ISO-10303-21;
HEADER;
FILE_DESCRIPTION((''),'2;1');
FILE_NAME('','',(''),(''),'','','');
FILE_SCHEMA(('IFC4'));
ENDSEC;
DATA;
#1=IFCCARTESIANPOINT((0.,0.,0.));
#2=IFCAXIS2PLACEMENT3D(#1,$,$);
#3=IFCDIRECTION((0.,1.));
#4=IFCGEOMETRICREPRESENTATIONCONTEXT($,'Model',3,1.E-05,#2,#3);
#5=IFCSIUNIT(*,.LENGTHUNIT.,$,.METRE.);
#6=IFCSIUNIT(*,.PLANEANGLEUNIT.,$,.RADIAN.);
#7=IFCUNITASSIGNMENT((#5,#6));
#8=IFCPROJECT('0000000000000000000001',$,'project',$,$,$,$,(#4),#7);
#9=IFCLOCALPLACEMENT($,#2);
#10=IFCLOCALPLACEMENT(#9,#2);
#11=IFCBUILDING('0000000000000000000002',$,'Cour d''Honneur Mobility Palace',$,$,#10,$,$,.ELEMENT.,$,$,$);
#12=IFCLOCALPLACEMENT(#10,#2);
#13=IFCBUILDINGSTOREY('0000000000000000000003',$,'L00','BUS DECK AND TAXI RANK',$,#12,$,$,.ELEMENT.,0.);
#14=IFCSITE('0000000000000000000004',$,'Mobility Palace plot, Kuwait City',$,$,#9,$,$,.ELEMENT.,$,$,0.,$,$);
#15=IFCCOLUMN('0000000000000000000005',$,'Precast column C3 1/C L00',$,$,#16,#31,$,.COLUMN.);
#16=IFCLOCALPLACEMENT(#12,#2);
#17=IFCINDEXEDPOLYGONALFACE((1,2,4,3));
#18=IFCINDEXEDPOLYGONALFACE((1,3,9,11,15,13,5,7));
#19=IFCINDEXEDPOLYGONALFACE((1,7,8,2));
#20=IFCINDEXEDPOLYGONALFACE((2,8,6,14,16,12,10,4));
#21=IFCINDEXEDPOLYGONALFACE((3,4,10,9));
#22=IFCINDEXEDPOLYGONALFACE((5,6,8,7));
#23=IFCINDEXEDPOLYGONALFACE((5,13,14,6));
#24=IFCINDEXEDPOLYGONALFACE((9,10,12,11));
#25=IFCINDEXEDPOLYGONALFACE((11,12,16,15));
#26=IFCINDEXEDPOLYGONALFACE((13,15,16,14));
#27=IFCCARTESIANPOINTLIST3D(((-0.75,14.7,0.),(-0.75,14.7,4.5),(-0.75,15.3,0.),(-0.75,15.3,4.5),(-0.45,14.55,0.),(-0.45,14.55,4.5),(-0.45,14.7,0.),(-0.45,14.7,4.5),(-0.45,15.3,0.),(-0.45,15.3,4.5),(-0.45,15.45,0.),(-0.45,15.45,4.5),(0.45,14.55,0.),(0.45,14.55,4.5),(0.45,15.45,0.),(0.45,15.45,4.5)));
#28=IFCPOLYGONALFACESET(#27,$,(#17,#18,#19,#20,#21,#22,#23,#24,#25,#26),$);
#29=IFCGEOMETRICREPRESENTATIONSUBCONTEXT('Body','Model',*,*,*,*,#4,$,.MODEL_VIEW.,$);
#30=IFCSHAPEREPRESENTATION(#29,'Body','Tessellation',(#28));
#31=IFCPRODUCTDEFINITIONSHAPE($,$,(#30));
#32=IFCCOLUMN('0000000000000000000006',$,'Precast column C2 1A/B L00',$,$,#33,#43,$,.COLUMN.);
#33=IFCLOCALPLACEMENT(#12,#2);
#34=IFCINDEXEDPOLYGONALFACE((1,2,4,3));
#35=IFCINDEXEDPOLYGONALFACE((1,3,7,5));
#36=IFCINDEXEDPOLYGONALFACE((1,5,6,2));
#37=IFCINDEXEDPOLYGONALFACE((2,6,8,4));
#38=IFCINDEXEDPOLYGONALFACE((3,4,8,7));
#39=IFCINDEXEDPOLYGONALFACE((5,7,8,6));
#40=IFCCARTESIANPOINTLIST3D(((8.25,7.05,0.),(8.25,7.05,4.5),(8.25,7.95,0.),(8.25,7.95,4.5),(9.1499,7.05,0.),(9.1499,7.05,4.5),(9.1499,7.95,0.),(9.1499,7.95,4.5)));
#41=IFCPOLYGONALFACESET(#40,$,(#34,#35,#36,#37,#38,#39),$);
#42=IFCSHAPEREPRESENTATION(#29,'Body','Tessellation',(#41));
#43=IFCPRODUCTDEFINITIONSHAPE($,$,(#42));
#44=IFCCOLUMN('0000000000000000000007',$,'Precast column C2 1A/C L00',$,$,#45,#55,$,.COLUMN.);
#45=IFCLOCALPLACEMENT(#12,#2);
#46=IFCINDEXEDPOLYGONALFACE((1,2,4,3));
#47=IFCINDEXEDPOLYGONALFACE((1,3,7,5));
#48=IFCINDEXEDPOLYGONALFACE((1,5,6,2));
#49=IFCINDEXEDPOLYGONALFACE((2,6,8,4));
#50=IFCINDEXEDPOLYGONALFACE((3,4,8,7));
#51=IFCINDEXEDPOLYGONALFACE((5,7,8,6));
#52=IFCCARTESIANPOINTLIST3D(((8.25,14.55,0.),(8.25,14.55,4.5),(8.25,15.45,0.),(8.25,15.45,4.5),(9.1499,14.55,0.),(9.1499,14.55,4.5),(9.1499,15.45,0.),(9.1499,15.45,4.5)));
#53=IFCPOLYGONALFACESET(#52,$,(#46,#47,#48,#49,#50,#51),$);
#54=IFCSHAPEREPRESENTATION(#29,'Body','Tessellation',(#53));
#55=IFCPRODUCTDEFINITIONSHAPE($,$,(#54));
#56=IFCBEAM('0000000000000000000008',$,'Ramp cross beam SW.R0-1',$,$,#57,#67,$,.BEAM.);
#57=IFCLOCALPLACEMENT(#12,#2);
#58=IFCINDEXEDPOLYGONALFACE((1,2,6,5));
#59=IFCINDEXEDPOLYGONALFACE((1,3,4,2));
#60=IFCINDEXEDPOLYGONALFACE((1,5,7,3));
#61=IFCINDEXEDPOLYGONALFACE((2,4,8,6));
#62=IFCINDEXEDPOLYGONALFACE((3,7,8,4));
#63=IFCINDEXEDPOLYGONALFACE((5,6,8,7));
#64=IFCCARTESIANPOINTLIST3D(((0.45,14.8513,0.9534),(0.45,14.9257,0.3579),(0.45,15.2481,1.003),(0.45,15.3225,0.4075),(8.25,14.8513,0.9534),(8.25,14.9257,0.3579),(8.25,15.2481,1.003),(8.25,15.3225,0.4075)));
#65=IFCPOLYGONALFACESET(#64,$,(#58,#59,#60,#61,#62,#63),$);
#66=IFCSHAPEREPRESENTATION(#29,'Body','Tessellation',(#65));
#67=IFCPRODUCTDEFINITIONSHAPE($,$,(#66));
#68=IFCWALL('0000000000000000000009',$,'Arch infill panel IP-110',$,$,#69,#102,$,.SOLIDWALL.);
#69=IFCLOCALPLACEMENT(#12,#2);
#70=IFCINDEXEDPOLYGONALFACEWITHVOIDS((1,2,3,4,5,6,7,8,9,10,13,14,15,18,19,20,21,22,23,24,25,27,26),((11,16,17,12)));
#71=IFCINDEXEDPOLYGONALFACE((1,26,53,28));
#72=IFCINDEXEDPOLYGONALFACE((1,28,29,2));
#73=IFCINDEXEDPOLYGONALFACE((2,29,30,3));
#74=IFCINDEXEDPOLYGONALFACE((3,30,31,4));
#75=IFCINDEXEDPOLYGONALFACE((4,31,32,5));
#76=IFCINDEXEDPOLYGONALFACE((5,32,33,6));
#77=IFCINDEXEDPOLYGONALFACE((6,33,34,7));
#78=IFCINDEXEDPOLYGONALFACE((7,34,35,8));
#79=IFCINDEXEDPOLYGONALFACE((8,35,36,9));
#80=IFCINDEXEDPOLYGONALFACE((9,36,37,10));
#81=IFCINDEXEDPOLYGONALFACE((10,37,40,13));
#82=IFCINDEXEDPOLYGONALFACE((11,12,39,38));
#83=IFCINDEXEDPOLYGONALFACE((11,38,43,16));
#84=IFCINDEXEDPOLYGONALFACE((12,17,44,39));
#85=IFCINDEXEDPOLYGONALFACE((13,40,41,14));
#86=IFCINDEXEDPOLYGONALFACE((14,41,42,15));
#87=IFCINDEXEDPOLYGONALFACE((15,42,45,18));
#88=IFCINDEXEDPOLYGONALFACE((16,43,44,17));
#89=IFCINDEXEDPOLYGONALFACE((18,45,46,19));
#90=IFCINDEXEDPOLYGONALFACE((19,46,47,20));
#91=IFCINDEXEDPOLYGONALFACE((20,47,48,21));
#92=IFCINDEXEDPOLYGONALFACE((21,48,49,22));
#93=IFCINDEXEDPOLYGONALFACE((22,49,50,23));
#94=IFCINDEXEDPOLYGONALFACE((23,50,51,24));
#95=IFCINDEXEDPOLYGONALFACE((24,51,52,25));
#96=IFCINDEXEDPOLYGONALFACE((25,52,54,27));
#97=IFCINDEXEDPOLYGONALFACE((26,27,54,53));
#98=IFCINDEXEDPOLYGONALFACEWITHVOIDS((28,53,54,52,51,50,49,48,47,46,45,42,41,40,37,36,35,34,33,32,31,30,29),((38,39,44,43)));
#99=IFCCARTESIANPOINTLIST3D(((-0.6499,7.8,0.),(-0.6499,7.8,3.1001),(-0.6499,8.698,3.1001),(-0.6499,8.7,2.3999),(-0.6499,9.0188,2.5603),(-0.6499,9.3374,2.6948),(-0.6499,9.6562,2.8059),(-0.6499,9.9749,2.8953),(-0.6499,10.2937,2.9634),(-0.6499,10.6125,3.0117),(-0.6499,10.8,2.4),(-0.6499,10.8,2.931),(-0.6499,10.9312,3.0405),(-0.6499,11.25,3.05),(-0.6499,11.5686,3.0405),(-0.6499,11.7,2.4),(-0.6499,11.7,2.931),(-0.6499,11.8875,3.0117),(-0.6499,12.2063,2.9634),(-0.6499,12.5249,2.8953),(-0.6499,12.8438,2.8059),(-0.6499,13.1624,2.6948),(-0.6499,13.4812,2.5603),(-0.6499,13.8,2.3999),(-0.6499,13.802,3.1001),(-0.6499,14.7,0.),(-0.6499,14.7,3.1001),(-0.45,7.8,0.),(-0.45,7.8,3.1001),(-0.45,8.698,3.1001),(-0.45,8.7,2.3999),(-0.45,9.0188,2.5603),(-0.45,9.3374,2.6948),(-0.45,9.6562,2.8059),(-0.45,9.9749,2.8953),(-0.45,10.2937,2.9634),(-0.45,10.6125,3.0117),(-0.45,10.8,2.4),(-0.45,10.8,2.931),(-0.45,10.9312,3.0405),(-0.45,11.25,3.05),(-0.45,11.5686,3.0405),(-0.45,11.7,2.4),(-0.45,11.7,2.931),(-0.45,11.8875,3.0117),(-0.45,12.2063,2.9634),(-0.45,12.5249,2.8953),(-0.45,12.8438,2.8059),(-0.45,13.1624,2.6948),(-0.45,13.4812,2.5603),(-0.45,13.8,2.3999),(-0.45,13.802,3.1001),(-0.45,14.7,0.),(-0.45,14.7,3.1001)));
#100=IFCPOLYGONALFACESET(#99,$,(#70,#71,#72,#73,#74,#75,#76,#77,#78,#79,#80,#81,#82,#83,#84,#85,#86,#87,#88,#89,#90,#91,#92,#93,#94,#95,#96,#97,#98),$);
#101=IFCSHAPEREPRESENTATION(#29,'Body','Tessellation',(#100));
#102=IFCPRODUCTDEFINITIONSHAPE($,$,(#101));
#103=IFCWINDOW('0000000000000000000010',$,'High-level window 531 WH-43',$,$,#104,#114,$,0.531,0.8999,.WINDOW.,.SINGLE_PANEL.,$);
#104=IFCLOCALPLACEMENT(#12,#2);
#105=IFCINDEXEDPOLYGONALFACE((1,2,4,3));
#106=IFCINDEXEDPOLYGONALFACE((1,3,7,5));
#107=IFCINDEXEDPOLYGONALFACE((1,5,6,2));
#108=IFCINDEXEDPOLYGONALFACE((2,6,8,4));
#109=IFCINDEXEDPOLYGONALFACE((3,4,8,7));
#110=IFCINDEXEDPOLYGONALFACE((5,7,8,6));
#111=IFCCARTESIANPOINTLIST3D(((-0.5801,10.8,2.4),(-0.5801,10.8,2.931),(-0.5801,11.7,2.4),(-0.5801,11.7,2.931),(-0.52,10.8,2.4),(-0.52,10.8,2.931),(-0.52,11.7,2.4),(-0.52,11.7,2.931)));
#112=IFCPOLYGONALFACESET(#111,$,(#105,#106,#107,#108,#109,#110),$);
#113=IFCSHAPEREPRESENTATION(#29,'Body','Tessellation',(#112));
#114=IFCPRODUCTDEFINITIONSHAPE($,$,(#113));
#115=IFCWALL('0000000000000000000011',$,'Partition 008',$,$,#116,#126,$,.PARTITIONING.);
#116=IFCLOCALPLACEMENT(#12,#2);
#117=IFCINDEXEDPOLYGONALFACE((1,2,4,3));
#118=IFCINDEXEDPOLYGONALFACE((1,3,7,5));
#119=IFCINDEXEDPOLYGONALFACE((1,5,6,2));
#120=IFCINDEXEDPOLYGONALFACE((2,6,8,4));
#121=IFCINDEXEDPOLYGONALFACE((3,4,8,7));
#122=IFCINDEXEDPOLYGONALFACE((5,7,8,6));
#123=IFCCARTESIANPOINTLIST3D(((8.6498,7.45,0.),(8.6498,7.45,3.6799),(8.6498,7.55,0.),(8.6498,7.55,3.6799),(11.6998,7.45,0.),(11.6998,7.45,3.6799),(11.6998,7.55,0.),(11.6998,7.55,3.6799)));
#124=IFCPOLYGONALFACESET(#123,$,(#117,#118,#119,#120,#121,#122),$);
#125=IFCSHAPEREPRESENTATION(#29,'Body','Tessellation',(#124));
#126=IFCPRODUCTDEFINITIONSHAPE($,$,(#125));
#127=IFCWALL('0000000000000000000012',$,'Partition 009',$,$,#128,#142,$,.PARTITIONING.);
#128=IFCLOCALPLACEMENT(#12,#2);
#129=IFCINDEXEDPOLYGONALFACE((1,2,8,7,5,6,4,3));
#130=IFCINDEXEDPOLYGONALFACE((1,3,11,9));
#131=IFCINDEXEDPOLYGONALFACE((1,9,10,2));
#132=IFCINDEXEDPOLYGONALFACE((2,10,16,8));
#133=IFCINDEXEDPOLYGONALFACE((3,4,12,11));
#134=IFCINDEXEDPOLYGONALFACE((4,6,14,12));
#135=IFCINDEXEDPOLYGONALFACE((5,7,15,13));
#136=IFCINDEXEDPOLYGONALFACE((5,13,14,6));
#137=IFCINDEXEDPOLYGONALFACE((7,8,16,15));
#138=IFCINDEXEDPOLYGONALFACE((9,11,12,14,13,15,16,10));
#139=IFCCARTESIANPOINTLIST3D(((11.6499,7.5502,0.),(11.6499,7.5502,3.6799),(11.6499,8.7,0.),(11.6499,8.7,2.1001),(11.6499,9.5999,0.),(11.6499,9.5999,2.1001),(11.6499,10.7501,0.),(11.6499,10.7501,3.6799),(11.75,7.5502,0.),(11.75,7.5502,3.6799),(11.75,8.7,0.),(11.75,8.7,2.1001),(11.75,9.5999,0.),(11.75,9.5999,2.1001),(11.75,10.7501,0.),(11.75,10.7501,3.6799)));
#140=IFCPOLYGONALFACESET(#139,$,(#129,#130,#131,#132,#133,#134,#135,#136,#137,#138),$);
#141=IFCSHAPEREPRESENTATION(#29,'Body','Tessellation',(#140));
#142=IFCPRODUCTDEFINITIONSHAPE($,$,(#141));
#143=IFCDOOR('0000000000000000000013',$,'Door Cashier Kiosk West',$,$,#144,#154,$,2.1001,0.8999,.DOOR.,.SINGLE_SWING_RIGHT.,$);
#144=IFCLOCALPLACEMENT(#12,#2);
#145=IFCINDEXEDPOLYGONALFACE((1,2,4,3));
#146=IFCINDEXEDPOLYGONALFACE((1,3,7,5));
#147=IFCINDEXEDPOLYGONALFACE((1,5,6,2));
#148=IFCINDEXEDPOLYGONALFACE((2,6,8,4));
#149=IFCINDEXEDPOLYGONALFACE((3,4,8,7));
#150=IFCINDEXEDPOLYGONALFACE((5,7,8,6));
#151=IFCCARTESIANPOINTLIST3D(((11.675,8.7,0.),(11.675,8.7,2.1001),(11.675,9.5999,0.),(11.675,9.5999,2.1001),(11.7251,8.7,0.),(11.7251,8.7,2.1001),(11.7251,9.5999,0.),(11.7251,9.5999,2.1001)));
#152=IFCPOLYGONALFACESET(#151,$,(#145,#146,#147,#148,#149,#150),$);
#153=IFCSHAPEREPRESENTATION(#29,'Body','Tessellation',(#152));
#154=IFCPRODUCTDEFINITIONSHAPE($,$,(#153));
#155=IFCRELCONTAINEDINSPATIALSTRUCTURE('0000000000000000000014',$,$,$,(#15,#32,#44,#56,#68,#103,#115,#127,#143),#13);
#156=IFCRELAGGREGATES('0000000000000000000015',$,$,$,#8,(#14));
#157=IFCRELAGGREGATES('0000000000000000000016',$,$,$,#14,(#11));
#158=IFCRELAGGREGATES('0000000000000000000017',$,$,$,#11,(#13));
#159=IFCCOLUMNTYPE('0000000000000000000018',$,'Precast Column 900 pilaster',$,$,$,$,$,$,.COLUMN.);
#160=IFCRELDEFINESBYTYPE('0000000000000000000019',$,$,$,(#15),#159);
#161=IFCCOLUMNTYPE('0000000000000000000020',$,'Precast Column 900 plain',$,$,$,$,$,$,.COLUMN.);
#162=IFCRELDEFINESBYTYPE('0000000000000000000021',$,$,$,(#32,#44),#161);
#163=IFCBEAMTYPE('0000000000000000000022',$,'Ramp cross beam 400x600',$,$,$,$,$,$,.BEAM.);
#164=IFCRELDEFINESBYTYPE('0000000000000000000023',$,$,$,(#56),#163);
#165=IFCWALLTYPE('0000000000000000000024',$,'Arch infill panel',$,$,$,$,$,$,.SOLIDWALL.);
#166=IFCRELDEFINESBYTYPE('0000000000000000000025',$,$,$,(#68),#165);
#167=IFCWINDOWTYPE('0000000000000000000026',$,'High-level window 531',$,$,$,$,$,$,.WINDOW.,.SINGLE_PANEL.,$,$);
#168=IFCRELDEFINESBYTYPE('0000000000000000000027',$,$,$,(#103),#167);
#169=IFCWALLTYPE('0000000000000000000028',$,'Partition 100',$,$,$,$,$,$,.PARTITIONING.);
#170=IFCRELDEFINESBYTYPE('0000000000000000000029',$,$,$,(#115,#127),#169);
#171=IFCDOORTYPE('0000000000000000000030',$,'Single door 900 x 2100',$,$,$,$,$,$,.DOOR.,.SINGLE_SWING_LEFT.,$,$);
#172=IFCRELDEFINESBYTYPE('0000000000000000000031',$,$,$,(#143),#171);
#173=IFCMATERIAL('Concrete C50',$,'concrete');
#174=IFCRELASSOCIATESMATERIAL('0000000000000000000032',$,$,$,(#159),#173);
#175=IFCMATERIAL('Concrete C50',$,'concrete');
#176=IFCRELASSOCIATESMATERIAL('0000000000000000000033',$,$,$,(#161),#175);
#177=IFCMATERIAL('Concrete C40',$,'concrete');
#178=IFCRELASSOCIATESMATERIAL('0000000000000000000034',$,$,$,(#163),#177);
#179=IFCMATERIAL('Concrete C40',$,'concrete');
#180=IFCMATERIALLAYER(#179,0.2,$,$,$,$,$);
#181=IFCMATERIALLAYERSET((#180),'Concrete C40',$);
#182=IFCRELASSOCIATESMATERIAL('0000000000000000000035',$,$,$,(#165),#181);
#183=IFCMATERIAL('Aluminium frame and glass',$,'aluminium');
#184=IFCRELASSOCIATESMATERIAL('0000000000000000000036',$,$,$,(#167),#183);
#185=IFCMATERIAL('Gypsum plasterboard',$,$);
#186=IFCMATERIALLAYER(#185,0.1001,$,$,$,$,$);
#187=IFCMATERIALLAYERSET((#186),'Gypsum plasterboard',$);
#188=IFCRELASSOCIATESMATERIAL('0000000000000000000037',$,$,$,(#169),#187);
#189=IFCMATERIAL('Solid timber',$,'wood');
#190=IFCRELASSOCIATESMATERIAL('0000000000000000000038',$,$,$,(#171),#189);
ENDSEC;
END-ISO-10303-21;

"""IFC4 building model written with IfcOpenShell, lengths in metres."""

from ifc_helpers import new_model, si_unit, direction, frame, frame_2d, origin, origin_2d, place, context, subcontext, project, spatial, polyline, rectangle, outline, extrude, material, layer, layer_set, material_profile, profile_set, type_object, element, fill, save


model = new_model("IFC4")

# Units and contexts
model_context = context("Model", 3, precision=1e-05, world=origin(), true_north=direction((0.0, 1.0)))
body_context = subcontext(model_context, "Body", "Model", "MODEL_VIEW")
ifc_project = project(units=[si_unit("LENGTHUNIT", "METRE"), si_unit("PLANEANGLEUNIT", "RADIAN")], contexts=[model_context])

# Site, building, storey
site_placement = place(None, origin())
site = spatial("IfcSite", under=ifc_project, at=site_placement, Name="Mobility Palace plot, Kuwait City", CompositionType="ELEMENT", RefElevation=0.0)
building_placement = place(site_placement, origin())
building = spatial("IfcBuilding", under=site, at=building_placement, Name="Cour d'Honneur Mobility Palace", CompositionType="ELEMENT")
storey_placement = place(building_placement, origin())
storey = spatial("IfcBuildingStorey", under=building, at=storey_placement, Name="L00", Description="BUS DECK AND TAXI RANK", CompositionType="ELEMENT", Elevation=0.0)

# Columns
ifc_material_1 = material(Name="Concrete C50", Category="concrete")
ifc_material_profile_1 = material_profile(ifc_material_1, outline(polyline([(-0.45, -0.45), (0.45, -0.45), (0.45, -0.3), (0.75, -0.3), (0.75, 0.3), (0.45, 0.3), (0.45, 0.45), (-0.45, 0.45), (-0.45, -0.45)])), Name="PC C900 pilaster")
ifc_profile_set_1 = profile_set([ifc_material_profile_1], Name="Concrete C50")
column_type_1 = type_object("IfcColumnType", Name="Precast Column 900 pilaster", PredefinedType="COLUMN", material=ifc_profile_set_1)
for number, where, z_axis, x_axis, name in (
    (1, (0.0, 15.0, 0.0), (0.0, 0.0, 1.0), (-1.0, 0.0, 0.0), "Precast column C3 1/C L00"),
):
    element("IfcColumn", number, at=place(storey_placement, frame(where, z_axis=z_axis, x_axis=x_axis)), inside=storey, type_object=column_type_1, Name=name, PredefinedType="COLUMN", context=body_context, shape_type="SweptSolid", body=[
        extrude(outline(polyline([(-0.45, -0.45), (0.45, -0.45), (0.45, -0.3), (0.75, -0.3), (0.75, 0.3), (0.45, 0.3), (0.45, 0.45), (-0.45, 0.45), (-0.45, -0.45)])), origin(), (0.0, 0.0, 1.0), 4.5),
    ])
ifc_material_2 = material(Name="Concrete C50", Category="concrete")
ifc_material_profile_2 = material_profile(ifc_material_2, outline(polyline([(-0.45, -0.45), (0.45, -0.45), (0.45, 0.45), (-0.45, 0.45), (-0.45, -0.45)])), Name="PC C900 plain")
ifc_profile_set_2 = profile_set([ifc_material_profile_2], Name="Concrete C50")
column_type_2 = type_object("IfcColumnType", Name="Precast Column 900 plain", PredefinedType="COLUMN", material=ifc_profile_set_2)
for number, where, z_axis, x_axis, name in (
    (2, (8.7, 7.5, 0.0), (0.0, 0.0, 1.0), (1.0, 0.0, 0.0), "Precast column C2 1A/B L00"),
    (3, (8.7, 15.0, 0.0), (0.0, 0.0, 1.0), (1.0, 0.0, 0.0), "Precast column C2 1A/C L00"),
):
    element("IfcColumn", number, at=place(storey_placement, frame(where, z_axis=z_axis, x_axis=x_axis)), inside=storey, type_object=column_type_2, Name=name, PredefinedType="COLUMN", context=body_context, shape_type="SweptSolid", body=[
        extrude(outline(polyline([(-0.45, -0.45), (0.45, -0.45), (0.45, 0.45), (-0.45, 0.45), (-0.45, -0.45)])), origin(), (0.0, 0.0, 1.0), 4.5),
    ])

# Beam
ifc_material_3 = material(Name="Concrete C40", Category="concrete")
ifc_material_profile_3 = material_profile(ifc_material_3, rectangle(XDim=0.3999, YDim=0.6001, at=origin_2d()), Name="Ramp cross beam 400x600")
ifc_profile_set_3 = profile_set([ifc_material_profile_3], Name="Concrete C40")
beam_type = type_object("IfcBeamType", Name="Ramp cross beam 400x600", PredefinedType="BEAM", material=ifc_profile_set_3)
beam_placement = place(storey_placement, frame((0.45, 15.0869, 0.6804), z_axis=(1.0, 0.0, 0.0), x_axis=(0.0, 0.992278, 0.124035)))
element("IfcBeam", 4, at=beam_placement, inside=storey, type_object=beam_type, Name="Ramp cross beam SW.R0-1", PredefinedType="BEAM", context=body_context, shape_type="SweptSolid", body=[
    extrude(rectangle(XDim=0.3999, YDim=0.6001, at=origin_2d()), origin(), (0.0, 0.0, 1.0), 7.8),
])

# Wall, opening, window
ifc_material_4 = material(Name="Concrete C40", Category="concrete")
ifc_layer_1 = layer(ifc_material_4, 0.2)
ifc_layer_set_1 = layer_set([ifc_layer_1], Name="Concrete C40")
wall_type_1 = type_object("IfcWallType", Name="Arch infill panel", PredefinedType="SOLIDWALL", material=ifc_layer_set_1)
wall_1_placement = place(storey_placement, frame((-0.55, 14.7, 0.0), z_axis=(0.0, 0.0, 1.0), x_axis=(0.0, -1.0, 0.0)))
wall_1 = element("IfcWall", 5, at=wall_1_placement, inside=storey, type_object=wall_type_1, Name="Arch infill panel IP-110", PredefinedType="SOLIDWALL", context=body_context, shape_type="SweptSolid", body=[
    extrude(outline(polyline([(0.0, 0.0), (6.8999, 0.0), (6.8999, 3.1001), (6.002, 3.1001), (6.0, 2.3999), (5.6812, 2.5603), (5.3625, 2.6948), (5.0437, 2.8059), (4.7251, 2.8953), (4.4062, 2.9634), (4.0874, 3.0117), (3.7688, 3.0405), (3.45, 3.05), (3.1313, 3.0405), (2.8125, 3.0117), (2.4937, 2.9634), (2.175, 2.8953), (1.8562, 2.8059), (1.5376, 2.6948), (1.2188, 2.5603), (0.8999, 2.3999), (0.8979, 3.1001), (0.0, 3.1001), (0.0, 0.0)])), frame((0.0, 0.1001, 0.0), z_axis=(0.0, -1.0, 0.0), x_axis=(1.0, 0.0, 0.0)), (0.0, 0.0, 1.0), 0.2),
])
opening_1_placement = place(wall_1_placement, frame((3.0, 0.0, 2.3999)))
opening_1 = element("IfcOpeningElement", 6, at=opening_1_placement, cuts=wall_1, PredefinedType="OPENING", context=body_context, shape_type="SweptSolid", body=[
    extrude(rectangle(XDim=0.8999, YDim=0.531, at=frame_2d((0.45, 0.2656))), frame((0.0, 0.1099, 0.0), z_axis=(0.0, -1.0, 0.0), x_axis=(1.0, 0.0, 0.0)), (0.0, 0.0, 1.0), 0.22),
])
ifc_material_5 = material(Name="Aluminium frame and glass", Category="aluminium")
window_type = type_object("IfcWindowType", Name="High-level window 531", PartitioningType="SINGLE_PANEL", PredefinedType="WINDOW", material=ifc_material_5)
window_placement = place(opening_1_placement, origin())
window = element("IfcWindow", 7, at=window_placement, inside=storey, type_object=window_type, Name="High-level window 531 WH-43", OverallHeight=0.531, OverallWidth=0.8999, PartitioningType="SINGLE_PANEL", PredefinedType="WINDOW", context=body_context, shape_type="SweptSolid", body=[
    extrude(rectangle(XDim=0.8999, YDim=0.531, at=frame_2d((0.45, 0.2656))), frame((0.0, 0.03, 0.0), z_axis=(0.0, -1.0, 0.0), x_axis=(1.0, 0.0, 0.0)), (0.0, 0.0, 1.0), 0.0601),
])
fill(opening_1, window)

# Wall
ifc_material_6 = material(Name="Gypsum plasterboard")
ifc_layer_2 = layer(ifc_material_6, 0.1001)
ifc_layer_set_2 = layer_set([ifc_layer_2], Name="Gypsum plasterboard")
wall_type_2 = type_object("IfcWallType", Name="Partition 100", PredefinedType="PARTITIONING", material=ifc_layer_set_2)
wall_2_placement = place(storey_placement, frame((8.6499, 7.5, 0.0), z_axis=(0.0, 0.0, 1.0), x_axis=(1.0, 0.0, 0.0)))
element("IfcWall", 8, at=wall_2_placement, inside=storey, type_object=wall_type_2, Name="Partition 008", PredefinedType="PARTITIONING", context=body_context, shape_type="SweptSolid", body=[
    extrude(rectangle(XDim=3.05, YDim=0.1001, at=frame_2d((1.5249, 0.0))), origin(), (0.0, 0.0, 1.0), 3.6799),
])

# Wall, opening, door
wall_3_placement = place(storey_placement, frame((11.7, 7.55, 0.0), z_axis=(0.0, 0.0, 1.0), x_axis=(0.0, 1.0, 0.0)))
wall_3 = element("IfcWall", 9, at=wall_3_placement, inside=storey, type_object=wall_type_2, Name="Partition 009", PredefinedType="PARTITIONING", context=body_context, shape_type="SweptSolid", body=[
    extrude(rectangle(XDim=3.2, YDim=0.1001, at=frame_2d((1.6001, 0.0))), origin(), (0.0, 0.0, 1.0), 3.6799),
])
opening_2_placement = place(wall_3_placement, frame((1.1499, 0.0, 0.0)))
opening_2 = element("IfcOpeningElement", 10, at=opening_2_placement, cuts=wall_3, PredefinedType="OPENING", context=body_context, shape_type="SweptSolid", body=[
    extrude(rectangle(XDim=0.8999, YDim=2.1001, at=frame_2d((0.45, 1.05))), frame((0.0, 0.0601, 0.0), z_axis=(0.0, -1.0, 0.0), x_axis=(1.0, 0.0, 0.0)), (0.0, 0.0, 1.0), 0.1201),
])
ifc_material_7 = material(Name="Solid timber", Category="wood")
door_type = type_object("IfcDoorType", Name="Single door 900 x 2100", OperationType="SINGLE_SWING_LEFT", PredefinedType="DOOR", material=ifc_material_7)
door_1_placement = place(opening_2_placement, origin())
door_1 = element("IfcDoor", 11, at=door_1_placement, inside=storey, type_object=door_type, Name="Door Cashier Kiosk West", OperationType="SINGLE_SWING_RIGHT", OverallHeight=2.1001, OverallWidth=0.8999, PredefinedType="DOOR", context=body_context, shape_type="SweptSolid", body=[
    extrude(rectangle(XDim=0.8999, YDim=2.1001, at=frame_2d((0.45, 1.05))), frame((0.0, 0.0249, 0.0), z_axis=(0.0, -1.0, 0.0), x_axis=(1.0, 0.0, 0.0)), (0.0, 0.0, 1.0), 0.05),
])
fill(opening_2, door_1)

save(model, "model.ifc")
